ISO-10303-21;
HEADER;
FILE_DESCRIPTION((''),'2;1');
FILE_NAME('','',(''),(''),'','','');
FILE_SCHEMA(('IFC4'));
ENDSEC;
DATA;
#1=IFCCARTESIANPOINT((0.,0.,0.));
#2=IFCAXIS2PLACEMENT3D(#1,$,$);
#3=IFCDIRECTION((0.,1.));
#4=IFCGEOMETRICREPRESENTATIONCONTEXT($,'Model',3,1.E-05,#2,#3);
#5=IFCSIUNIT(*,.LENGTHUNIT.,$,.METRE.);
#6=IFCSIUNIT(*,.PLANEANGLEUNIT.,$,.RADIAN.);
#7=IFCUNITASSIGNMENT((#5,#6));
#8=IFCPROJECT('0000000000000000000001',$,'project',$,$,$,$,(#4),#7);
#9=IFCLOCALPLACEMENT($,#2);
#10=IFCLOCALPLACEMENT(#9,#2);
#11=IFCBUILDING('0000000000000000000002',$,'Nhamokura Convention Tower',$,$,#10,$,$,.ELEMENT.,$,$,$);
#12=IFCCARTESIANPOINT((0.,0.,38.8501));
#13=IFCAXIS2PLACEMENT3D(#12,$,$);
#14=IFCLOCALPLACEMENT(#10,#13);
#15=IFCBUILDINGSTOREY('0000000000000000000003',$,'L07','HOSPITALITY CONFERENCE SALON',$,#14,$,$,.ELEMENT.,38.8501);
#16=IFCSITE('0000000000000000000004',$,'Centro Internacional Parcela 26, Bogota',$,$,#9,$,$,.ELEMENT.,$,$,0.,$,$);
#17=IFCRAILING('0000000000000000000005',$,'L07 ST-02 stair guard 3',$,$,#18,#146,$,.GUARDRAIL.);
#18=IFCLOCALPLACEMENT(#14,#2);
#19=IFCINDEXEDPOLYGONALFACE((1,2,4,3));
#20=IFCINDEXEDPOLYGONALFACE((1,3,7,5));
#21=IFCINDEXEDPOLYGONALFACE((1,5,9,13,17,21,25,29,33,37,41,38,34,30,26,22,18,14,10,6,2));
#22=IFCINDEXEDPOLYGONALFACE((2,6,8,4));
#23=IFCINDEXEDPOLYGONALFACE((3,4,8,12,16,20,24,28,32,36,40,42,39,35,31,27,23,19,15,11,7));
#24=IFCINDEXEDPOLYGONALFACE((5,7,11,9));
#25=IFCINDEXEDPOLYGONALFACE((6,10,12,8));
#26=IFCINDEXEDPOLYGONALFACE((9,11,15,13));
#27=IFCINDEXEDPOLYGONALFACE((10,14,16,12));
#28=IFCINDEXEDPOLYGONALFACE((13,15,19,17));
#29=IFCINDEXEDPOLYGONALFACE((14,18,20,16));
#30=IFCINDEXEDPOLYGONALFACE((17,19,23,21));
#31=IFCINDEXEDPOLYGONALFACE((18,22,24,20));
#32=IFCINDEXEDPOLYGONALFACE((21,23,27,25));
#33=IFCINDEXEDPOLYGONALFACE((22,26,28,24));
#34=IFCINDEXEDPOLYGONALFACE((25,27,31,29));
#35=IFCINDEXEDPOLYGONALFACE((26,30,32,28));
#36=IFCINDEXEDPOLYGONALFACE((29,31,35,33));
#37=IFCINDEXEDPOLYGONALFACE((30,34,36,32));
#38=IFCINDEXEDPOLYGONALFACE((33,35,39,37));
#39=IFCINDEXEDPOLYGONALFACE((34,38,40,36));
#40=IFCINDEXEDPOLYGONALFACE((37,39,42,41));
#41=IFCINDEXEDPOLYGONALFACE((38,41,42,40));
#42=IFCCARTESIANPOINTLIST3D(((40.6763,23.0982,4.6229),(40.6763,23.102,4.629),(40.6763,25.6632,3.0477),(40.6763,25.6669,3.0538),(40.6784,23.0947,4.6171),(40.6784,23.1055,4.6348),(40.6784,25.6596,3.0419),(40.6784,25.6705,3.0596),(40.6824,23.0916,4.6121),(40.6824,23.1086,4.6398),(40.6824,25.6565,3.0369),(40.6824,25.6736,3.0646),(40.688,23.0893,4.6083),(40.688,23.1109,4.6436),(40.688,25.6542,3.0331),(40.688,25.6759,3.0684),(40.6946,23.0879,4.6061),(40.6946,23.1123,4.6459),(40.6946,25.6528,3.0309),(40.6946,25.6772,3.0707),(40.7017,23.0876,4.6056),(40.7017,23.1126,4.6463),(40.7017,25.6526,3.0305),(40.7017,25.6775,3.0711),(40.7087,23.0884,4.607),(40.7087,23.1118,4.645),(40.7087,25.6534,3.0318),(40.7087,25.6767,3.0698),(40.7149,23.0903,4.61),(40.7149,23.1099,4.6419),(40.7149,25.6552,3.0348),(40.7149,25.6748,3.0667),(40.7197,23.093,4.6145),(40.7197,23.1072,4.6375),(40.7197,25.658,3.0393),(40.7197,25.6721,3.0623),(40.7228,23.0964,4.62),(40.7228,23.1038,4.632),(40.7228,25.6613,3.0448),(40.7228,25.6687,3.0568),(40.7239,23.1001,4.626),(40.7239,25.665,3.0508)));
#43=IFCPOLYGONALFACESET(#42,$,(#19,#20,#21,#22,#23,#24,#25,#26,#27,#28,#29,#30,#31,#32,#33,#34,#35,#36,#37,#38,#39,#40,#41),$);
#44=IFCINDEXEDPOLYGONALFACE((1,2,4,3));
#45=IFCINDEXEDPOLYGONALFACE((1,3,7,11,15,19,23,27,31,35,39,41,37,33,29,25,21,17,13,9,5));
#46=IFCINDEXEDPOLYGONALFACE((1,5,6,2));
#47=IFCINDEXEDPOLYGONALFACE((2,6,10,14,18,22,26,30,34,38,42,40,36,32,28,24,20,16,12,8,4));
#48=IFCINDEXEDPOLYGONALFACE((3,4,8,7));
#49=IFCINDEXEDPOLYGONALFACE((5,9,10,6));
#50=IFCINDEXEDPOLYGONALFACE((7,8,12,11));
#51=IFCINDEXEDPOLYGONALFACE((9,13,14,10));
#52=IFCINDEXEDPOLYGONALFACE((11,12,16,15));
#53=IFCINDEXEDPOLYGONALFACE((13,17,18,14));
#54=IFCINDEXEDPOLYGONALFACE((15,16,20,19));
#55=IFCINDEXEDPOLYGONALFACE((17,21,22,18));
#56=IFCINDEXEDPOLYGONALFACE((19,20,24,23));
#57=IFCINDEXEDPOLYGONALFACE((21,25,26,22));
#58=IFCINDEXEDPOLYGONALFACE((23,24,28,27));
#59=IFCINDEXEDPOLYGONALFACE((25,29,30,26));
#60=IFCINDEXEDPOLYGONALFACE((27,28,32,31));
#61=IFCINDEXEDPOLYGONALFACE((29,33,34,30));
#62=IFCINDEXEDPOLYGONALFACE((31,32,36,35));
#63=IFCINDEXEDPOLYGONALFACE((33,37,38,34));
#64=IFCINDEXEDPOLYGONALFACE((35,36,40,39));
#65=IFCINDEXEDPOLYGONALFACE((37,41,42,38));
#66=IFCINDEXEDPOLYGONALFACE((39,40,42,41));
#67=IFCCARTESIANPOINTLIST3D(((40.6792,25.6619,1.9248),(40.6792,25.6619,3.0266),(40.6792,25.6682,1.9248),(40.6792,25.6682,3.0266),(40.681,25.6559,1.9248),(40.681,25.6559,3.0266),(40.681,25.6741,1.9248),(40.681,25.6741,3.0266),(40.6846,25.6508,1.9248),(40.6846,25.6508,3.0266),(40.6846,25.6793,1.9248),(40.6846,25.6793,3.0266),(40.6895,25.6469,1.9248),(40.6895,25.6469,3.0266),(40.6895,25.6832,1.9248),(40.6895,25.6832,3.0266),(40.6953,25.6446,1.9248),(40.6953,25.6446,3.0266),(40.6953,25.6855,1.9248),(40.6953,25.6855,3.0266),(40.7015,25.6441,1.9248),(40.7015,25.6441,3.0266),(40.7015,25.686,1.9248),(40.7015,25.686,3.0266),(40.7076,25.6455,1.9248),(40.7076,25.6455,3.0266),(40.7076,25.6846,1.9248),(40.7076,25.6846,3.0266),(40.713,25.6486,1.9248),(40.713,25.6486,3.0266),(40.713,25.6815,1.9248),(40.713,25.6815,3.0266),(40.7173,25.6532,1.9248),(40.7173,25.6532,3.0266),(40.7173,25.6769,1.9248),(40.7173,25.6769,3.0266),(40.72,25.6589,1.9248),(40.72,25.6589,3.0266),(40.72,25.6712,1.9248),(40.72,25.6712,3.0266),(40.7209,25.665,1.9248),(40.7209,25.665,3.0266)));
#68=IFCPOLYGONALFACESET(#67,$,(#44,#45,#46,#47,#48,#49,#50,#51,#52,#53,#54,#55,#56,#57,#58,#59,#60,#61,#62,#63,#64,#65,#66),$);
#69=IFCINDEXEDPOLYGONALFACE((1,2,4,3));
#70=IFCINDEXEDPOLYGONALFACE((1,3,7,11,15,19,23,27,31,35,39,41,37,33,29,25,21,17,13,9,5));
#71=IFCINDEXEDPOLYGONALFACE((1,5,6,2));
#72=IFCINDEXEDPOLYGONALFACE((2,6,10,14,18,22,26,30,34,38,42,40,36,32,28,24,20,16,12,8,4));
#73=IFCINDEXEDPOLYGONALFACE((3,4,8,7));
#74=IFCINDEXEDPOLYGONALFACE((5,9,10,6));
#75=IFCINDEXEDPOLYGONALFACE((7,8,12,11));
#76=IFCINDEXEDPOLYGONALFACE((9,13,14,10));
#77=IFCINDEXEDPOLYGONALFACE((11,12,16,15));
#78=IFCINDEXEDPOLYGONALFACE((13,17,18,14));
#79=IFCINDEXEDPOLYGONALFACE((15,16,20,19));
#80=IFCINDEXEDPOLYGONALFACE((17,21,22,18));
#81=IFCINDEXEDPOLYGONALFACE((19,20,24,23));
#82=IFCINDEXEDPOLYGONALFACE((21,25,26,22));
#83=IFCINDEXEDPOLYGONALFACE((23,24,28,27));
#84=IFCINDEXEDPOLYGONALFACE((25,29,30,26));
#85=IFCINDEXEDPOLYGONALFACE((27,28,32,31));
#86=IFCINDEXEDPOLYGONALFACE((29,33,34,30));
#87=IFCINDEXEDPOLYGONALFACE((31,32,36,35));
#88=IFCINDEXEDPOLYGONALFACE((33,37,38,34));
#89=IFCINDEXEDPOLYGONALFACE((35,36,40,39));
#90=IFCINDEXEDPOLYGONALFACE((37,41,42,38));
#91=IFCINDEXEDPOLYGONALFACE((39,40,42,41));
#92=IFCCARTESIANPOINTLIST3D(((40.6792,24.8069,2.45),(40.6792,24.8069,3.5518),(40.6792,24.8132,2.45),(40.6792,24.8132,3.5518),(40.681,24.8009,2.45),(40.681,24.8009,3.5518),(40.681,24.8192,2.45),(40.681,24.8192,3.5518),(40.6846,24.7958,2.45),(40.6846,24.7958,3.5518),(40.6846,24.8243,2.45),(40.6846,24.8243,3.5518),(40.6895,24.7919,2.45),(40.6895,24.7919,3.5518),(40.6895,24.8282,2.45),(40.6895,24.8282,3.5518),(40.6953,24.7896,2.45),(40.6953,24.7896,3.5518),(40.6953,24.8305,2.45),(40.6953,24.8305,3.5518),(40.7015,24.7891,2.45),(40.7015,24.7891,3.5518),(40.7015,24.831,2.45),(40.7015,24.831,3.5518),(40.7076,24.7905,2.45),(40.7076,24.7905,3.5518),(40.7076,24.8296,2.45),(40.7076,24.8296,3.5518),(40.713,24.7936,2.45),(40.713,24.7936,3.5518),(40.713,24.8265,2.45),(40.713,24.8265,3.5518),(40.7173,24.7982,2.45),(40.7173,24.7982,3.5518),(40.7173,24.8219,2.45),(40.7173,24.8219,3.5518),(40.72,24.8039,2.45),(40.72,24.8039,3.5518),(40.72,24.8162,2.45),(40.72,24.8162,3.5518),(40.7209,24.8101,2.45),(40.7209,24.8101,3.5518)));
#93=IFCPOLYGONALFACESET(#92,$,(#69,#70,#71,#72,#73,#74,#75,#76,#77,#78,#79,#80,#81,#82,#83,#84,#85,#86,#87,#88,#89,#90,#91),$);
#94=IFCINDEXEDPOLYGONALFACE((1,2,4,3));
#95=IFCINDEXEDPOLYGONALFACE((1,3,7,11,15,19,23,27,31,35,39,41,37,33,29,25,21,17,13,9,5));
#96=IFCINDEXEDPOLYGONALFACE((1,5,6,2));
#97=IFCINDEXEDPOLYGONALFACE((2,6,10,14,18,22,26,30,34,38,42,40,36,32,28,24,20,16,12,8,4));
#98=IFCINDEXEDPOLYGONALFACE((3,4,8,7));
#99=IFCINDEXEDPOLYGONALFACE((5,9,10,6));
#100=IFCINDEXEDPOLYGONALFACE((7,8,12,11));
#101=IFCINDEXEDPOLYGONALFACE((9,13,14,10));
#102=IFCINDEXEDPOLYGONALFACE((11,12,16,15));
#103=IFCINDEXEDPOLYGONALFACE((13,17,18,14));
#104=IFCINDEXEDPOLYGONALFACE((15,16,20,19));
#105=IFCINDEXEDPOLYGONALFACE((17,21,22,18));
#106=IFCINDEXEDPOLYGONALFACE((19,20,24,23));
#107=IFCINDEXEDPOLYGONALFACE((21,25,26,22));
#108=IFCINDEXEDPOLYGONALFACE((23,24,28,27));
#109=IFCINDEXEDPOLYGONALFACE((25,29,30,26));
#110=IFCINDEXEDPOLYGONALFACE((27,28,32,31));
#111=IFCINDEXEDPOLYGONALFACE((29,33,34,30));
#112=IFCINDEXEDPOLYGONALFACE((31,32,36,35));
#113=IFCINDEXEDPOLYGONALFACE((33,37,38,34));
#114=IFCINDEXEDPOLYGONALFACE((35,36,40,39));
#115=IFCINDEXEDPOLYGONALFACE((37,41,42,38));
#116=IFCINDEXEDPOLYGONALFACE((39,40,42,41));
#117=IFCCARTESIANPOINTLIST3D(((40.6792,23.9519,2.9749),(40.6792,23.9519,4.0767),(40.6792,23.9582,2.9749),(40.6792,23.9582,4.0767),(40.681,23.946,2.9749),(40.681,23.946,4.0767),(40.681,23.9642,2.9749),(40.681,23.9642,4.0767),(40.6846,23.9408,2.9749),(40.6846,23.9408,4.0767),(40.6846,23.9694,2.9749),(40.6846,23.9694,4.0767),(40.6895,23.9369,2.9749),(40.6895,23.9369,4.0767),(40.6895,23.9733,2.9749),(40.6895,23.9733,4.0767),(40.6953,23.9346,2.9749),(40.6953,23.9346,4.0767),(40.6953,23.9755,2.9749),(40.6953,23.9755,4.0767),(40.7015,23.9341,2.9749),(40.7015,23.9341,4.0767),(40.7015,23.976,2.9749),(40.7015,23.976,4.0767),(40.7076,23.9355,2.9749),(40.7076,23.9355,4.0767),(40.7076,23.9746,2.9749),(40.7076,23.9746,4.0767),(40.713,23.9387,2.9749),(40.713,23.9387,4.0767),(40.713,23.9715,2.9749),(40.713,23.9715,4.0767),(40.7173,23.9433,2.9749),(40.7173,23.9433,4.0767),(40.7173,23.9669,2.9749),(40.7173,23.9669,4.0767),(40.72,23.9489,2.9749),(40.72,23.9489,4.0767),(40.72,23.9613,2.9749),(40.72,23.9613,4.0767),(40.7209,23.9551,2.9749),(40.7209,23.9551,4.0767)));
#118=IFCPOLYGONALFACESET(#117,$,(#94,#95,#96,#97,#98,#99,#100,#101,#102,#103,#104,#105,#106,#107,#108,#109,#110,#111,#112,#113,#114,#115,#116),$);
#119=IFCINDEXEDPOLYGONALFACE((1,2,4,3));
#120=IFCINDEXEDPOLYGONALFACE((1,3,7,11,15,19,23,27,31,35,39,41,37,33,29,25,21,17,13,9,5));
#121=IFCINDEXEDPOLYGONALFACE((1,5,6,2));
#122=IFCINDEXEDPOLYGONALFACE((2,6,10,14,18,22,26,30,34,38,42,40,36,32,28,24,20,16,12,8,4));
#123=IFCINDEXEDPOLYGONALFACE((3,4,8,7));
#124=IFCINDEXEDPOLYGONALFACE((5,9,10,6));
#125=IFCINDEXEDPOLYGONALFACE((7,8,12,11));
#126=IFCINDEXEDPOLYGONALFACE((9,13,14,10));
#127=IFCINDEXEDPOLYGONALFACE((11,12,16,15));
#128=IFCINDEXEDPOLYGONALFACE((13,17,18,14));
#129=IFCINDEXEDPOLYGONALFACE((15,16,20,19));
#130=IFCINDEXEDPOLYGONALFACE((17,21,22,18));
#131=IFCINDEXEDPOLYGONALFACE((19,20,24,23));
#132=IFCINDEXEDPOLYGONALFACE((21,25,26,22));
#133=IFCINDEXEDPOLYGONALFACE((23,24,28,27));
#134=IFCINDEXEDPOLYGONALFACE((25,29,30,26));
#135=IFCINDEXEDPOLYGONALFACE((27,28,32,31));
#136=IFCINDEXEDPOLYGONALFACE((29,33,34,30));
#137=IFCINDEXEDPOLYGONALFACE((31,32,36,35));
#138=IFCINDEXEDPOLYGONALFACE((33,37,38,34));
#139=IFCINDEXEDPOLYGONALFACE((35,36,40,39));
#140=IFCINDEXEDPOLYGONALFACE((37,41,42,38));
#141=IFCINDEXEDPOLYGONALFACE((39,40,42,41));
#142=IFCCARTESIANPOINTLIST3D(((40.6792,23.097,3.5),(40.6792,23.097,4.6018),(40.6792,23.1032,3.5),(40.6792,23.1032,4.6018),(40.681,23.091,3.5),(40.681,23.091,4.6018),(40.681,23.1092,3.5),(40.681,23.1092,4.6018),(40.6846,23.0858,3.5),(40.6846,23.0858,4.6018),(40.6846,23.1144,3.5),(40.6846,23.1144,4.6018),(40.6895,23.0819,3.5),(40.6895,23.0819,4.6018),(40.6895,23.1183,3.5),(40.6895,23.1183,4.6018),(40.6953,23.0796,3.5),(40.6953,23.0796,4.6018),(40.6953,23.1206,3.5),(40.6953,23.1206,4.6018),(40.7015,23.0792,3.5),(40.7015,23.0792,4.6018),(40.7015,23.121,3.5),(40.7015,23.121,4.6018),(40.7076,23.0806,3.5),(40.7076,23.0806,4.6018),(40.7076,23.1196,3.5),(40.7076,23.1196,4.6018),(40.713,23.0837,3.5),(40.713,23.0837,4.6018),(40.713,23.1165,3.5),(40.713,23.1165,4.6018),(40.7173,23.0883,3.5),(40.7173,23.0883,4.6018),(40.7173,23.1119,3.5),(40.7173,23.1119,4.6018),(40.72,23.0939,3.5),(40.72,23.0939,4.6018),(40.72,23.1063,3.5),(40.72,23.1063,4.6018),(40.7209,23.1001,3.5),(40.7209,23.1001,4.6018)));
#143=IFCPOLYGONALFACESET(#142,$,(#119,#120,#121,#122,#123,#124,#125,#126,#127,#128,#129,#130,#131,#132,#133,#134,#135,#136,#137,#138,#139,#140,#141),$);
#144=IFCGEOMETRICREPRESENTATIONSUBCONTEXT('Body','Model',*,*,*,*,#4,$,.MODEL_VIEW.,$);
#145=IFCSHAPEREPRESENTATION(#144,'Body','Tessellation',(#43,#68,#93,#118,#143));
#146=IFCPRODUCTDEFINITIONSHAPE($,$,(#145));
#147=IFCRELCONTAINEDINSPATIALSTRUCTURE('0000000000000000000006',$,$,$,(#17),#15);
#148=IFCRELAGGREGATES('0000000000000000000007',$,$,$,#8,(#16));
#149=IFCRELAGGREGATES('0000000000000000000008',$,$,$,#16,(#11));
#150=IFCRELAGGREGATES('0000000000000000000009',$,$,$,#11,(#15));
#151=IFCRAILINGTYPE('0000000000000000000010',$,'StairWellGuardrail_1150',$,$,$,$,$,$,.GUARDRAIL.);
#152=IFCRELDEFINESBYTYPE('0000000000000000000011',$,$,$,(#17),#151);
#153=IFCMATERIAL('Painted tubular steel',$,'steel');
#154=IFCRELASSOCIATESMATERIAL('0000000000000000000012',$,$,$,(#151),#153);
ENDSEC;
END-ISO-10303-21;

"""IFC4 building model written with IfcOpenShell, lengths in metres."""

from ifc_helpers import new_model, si_unit, direction, frame, origin, origin_2d, place, context, subcontext, project, spatial, circle, extrude, material, type_object, element, save


model = new_model("IFC4")

# Units and contexts
model_context = context("Model", 3, precision=1e-05, world=origin(), true_north=direction((0.0, 1.0)))
body_context = subcontext(model_context, "Body", "Model", "MODEL_VIEW")
ifc_project = project(units=[si_unit("LENGTHUNIT", "METRE"), si_unit("PLANEANGLEUNIT", "RADIAN")], contexts=[model_context])

# Site, building, storey
site_placement = place(None, origin())
site = spatial("IfcSite", under=ifc_project, at=site_placement, Name="Centro Internacional Parcela 26, Bogota", CompositionType="ELEMENT", RefElevation=0.0)
building_placement = place(site_placement, origin())
building = spatial("IfcBuilding", under=site, at=building_placement, Name="Nhamokura Convention Tower", CompositionType="ELEMENT")
storey_placement = place(building_placement, frame((0.0, 0.0, 38.8501)))
storey = spatial("IfcBuildingStorey", under=building, at=storey_placement, Name="L07", Description="HOSPITALITY CONFERENCE SALON", CompositionType="ELEMENT", Elevation=38.8501)

# Railing
ifc_material_1 = material(Name="Painted tubular steel", Category="steel")
railing_type_1 = type_object("IfcRailingType", Name="StairWellGuardrail_1150", PredefinedType="GUARDRAIL", material=ifc_material_1)
railing_1_placement = place(storey_placement, frame((40.7, 25.665, 1.9248)))
element("IfcRailing", 1, at=railing_1_placement, inside=storey, type_object=railing_type_1, Name="L07 ST-02 stair guard 3", PredefinedType="GUARDRAIL", context=body_context, shape_type="SweptSolid", body=[
    extrude(circle(Radius=0.0239, at=origin_2d()), frame((0.0, 0.0, 1.126), z_axis=(0.0, -0.852137, 0.523319), x_axis=(1.0, 0.0, 0.0)), (0.0, 0.0, 1.0), 3.01),
    extrude(circle(Radius=0.021, at=origin_2d()), origin(), (0.0, 0.0, 1.0), 1.1018),
    extrude(circle(Radius=0.021, at=origin_2d()), frame((0.0, -0.855, 0.5251)), (0.0, 0.0, 1.0), 1.1018),
    extrude(circle(Radius=0.021, at=origin_2d()), frame((0.0, -1.71, 1.05)), (0.0, 0.0, 1.0), 1.1018),
    extrude(circle(Radius=0.021, at=origin_2d()), frame((0.0, -2.5649, 1.5752)), (0.0, 0.0, 1.0), 1.1018),
])

save(model, "model.ifc")
